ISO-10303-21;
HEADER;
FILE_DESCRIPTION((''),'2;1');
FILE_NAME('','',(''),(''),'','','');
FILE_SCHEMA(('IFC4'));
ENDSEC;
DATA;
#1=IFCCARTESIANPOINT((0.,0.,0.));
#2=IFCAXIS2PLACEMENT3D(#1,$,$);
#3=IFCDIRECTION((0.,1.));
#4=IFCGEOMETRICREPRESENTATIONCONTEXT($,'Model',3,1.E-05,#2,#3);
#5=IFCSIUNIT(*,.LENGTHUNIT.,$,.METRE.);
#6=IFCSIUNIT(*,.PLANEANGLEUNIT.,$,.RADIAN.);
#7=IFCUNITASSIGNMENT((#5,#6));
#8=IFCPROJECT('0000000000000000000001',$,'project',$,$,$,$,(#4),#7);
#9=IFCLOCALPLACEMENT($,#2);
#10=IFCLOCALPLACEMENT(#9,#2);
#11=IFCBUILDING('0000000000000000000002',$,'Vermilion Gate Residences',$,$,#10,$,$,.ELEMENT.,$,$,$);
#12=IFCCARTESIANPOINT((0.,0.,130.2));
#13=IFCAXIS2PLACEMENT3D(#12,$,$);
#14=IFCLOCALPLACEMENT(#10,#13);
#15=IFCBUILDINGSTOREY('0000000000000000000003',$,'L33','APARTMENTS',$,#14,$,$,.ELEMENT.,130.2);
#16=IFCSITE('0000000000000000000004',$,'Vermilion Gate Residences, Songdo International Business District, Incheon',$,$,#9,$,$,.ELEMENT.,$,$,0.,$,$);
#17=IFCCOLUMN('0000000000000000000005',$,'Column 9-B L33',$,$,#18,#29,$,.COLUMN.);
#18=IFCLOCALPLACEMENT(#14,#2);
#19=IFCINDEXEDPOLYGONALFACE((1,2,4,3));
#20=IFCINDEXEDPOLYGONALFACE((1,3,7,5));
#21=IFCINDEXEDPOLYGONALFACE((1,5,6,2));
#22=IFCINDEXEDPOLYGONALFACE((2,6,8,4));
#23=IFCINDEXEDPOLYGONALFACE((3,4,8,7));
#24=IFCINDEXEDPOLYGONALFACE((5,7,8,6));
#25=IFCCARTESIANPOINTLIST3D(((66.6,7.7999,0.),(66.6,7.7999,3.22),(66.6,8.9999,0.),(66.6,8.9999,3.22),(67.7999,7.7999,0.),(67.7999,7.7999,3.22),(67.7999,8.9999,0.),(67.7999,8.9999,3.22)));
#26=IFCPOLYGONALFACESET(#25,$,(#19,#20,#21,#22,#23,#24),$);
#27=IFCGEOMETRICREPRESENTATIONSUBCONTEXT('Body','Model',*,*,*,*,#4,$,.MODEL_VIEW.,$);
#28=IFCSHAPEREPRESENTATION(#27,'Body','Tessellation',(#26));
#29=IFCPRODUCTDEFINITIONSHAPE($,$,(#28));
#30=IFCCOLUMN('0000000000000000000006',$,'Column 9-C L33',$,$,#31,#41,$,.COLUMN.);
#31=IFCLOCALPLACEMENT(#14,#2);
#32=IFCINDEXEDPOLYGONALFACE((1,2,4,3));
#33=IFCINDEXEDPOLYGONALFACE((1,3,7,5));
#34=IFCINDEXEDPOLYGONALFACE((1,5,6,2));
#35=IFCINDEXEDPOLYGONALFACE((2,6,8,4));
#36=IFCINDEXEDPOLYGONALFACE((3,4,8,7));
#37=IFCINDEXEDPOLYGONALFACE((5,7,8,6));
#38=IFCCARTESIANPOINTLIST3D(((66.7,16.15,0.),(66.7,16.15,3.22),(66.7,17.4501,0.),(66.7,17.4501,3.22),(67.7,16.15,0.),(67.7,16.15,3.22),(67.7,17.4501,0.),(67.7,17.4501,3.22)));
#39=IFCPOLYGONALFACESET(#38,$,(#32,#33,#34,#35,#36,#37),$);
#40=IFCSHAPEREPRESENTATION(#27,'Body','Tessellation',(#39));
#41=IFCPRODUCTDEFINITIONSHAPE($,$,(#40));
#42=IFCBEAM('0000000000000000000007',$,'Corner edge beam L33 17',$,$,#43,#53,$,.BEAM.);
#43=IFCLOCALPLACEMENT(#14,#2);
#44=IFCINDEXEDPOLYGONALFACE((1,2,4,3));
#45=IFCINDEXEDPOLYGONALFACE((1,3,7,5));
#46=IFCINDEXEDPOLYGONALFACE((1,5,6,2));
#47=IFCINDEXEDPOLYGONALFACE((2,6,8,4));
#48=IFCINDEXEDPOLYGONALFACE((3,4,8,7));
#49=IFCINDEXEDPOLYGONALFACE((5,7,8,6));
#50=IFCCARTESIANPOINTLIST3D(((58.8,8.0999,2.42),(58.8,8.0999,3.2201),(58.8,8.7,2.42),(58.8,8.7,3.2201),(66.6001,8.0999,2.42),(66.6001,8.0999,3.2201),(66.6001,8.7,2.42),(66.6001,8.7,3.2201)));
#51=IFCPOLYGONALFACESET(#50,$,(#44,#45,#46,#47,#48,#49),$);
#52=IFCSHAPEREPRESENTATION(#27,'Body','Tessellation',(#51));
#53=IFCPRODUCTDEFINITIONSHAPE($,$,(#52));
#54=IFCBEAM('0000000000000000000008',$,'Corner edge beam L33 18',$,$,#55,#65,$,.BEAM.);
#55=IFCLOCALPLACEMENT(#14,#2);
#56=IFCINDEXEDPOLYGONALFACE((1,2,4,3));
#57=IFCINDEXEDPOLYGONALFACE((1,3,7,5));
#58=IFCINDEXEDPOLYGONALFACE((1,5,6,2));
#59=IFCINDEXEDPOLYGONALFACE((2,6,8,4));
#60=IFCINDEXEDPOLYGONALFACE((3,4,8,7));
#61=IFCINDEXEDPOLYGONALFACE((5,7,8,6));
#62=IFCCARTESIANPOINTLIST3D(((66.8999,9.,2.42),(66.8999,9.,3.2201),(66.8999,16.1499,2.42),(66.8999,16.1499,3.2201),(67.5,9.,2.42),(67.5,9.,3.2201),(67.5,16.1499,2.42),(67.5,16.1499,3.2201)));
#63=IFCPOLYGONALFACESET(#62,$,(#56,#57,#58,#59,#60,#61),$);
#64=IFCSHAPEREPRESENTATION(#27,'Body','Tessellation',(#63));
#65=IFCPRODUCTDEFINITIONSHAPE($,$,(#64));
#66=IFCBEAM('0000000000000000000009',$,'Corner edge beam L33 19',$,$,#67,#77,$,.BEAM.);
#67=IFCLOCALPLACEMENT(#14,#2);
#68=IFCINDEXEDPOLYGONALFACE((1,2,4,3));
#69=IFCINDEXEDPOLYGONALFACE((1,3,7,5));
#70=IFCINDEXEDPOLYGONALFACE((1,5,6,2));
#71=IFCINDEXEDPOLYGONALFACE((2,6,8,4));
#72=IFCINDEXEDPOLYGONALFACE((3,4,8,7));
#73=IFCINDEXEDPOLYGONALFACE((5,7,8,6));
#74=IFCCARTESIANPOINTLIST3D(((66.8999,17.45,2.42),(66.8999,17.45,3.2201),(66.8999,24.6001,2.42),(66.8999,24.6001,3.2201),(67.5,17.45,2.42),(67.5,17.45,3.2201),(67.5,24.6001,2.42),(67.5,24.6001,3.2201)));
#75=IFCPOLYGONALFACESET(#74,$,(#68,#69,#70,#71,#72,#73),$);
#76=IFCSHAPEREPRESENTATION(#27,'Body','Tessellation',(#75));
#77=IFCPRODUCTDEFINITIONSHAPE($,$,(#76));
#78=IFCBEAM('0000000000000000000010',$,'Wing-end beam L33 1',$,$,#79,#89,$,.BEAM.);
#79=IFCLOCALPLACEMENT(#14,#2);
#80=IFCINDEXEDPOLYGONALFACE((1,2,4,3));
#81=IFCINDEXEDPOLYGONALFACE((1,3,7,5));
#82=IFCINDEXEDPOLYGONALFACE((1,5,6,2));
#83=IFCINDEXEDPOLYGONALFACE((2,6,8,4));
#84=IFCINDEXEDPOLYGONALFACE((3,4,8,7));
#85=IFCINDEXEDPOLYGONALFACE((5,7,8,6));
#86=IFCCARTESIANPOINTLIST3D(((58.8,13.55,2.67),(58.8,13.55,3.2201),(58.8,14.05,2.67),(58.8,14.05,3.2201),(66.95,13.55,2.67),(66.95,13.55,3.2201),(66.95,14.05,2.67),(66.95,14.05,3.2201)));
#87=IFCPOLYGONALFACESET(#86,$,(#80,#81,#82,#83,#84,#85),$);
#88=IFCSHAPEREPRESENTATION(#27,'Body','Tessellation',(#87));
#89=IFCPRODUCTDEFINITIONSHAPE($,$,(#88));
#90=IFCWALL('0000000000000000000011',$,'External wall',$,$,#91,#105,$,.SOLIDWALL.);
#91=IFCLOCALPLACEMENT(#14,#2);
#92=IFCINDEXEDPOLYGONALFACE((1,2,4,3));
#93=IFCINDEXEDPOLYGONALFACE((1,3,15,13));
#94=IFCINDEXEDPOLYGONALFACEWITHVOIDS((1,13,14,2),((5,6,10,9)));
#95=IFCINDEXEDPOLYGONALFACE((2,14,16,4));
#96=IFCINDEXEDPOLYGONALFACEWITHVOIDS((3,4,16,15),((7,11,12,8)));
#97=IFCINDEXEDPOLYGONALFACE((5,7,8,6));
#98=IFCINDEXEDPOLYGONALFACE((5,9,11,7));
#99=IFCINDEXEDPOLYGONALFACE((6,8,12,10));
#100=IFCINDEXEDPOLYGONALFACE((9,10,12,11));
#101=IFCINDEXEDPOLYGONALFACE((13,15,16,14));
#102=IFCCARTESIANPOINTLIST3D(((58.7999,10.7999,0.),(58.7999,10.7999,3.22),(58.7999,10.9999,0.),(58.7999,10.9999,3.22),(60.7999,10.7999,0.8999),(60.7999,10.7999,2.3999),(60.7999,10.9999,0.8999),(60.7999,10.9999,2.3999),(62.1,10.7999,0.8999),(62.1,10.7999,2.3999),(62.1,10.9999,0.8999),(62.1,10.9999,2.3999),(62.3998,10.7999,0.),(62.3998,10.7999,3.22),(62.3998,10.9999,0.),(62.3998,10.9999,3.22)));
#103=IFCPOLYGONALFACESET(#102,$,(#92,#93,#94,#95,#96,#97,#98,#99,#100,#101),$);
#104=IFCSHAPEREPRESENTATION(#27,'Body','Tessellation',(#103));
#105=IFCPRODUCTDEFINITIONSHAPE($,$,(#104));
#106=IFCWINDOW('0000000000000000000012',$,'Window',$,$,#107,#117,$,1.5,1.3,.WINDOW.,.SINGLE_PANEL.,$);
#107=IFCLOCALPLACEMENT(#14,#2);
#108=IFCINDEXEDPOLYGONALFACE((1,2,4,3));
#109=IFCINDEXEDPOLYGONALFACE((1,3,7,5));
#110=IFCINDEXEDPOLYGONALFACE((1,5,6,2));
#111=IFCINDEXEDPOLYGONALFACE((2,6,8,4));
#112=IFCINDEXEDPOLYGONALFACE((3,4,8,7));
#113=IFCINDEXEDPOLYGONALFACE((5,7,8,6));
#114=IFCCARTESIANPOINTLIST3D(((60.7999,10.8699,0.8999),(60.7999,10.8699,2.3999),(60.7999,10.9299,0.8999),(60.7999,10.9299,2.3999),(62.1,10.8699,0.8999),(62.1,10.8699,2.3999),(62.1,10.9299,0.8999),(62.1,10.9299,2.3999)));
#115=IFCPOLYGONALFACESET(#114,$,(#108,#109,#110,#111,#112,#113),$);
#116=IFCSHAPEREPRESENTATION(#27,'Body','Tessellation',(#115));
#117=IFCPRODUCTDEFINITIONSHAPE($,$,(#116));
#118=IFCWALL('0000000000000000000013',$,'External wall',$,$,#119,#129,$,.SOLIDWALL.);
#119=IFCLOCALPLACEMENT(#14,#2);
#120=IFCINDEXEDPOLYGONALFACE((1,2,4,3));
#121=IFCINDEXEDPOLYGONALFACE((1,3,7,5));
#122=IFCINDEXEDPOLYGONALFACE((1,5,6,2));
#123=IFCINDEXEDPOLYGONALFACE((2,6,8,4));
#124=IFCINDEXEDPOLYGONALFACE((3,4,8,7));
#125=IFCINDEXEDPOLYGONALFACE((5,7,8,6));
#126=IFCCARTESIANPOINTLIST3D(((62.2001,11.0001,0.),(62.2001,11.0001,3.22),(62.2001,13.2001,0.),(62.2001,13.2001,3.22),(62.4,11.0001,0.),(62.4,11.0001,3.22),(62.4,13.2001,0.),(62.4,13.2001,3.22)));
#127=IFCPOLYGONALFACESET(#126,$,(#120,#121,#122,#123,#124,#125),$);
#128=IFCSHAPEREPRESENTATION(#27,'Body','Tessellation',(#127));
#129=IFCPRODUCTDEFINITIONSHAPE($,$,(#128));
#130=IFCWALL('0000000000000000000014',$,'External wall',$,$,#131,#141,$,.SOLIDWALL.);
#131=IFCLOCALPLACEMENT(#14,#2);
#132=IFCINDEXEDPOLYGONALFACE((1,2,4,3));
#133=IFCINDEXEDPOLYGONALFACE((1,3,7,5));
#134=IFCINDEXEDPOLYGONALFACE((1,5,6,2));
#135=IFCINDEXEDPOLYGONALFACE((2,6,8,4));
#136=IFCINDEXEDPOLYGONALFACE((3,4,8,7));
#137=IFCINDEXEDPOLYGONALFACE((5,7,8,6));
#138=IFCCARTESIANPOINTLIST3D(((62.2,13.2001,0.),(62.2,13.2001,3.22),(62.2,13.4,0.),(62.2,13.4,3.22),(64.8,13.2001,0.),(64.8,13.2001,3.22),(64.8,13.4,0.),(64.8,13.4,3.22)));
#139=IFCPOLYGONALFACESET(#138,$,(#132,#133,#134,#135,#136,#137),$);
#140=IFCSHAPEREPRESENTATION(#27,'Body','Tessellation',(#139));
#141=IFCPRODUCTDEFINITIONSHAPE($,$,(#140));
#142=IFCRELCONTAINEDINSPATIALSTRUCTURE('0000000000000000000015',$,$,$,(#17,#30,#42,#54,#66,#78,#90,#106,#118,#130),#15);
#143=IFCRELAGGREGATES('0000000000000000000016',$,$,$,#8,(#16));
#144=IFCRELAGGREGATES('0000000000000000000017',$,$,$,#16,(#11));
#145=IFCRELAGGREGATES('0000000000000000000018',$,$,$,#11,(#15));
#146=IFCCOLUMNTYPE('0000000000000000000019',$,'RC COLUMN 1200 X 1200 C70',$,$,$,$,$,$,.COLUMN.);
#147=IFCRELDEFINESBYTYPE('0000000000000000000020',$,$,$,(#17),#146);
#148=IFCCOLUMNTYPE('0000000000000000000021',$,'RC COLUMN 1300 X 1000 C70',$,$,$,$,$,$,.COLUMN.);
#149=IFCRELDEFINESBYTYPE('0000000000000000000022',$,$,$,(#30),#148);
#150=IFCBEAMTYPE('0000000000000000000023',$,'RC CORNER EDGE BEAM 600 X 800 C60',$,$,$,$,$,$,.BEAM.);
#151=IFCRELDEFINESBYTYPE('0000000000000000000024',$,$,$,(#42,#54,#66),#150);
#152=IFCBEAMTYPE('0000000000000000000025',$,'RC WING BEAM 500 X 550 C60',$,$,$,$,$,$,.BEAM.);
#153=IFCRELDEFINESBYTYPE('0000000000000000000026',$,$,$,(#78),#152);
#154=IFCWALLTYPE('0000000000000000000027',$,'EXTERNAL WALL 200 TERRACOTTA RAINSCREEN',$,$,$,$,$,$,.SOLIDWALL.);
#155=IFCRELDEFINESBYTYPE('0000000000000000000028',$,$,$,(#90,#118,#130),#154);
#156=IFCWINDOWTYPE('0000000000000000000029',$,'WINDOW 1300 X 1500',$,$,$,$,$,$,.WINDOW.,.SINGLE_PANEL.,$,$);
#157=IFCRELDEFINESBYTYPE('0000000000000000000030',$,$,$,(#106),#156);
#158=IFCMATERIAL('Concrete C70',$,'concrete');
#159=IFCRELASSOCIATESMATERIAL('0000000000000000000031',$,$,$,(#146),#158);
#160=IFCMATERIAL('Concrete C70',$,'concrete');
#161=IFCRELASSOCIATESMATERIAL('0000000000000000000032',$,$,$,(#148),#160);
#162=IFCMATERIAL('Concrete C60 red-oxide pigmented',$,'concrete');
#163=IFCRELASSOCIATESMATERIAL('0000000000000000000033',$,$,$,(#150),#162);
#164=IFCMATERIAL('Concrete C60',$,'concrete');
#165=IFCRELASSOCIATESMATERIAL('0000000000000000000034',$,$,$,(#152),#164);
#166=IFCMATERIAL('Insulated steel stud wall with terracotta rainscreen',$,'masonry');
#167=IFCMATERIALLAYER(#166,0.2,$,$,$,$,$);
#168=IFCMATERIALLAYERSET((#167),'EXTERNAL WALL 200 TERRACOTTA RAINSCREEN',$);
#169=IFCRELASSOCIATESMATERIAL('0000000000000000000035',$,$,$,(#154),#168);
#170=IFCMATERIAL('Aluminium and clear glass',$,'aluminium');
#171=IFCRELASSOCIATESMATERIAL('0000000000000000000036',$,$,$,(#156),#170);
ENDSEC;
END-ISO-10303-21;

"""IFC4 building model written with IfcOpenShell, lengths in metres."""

from ifc_helpers import new_model, si_unit, direction, frame, frame_2d, origin, origin_2d, place, context, subcontext, project, spatial, rectangle, extrude, material, layer, layer_set, material_profile, profile_set, type_object, element, fill, save


model = new_model("IFC4")

# Units and contexts
model_context = context("Model", 3, precision=1e-05, world=origin(), true_north=direction((0.0, 1.0)))
body_context = subcontext(model_context, "Body", "Model", "MODEL_VIEW")
ifc_project = project(units=[si_unit("LENGTHUNIT", "METRE"), si_unit("PLANEANGLEUNIT", "RADIAN")], contexts=[model_context])

# Site, building, storey
site_placement = place(None, origin())
site = spatial("IfcSite", under=ifc_project, at=site_placement, Name="Vermilion Gate Residences, Songdo International Business District, Incheon", CompositionType="ELEMENT", RefElevation=0.0)
building_placement = place(site_placement, origin())
building = spatial("IfcBuilding", under=site, at=building_placement, Name="Vermilion Gate Residences", CompositionType="ELEMENT")
storey_placement = place(building_placement, frame((0.0, 0.0, 130.2)))
storey = spatial("IfcBuildingStorey", under=building, at=storey_placement, Name="L33", Description="APARTMENTS", CompositionType="ELEMENT", Elevation=130.2)

# Columns
ifc_material_1 = material(Name="Concrete C70", Category="concrete")
ifc_material_profile_1 = material_profile(ifc_material_1, rectangle(XDim=1.2, YDim=1.2, at=origin_2d()), Name="RC-1200x1200")
ifc_profile_set_1 = profile_set([ifc_material_profile_1], Name="Concrete C70")
column_type_1 = type_object("IfcColumnType", Name="RC COLUMN 1200 X 1200 C70", PredefinedType="COLUMN", material=ifc_profile_set_1)
column_1_placement = place(storey_placement, frame((67.2, 8.3999, 0.0), z_axis=(0.0, 0.0, 1.0), x_axis=(1.0, 0.0, 0.0)))
element("IfcColumn", 1, at=column_1_placement, inside=storey, type_object=column_type_1, Name="Column 9-B L33", PredefinedType="COLUMN", context=body_context, shape_type="SweptSolid", body=[
    extrude(rectangle(XDim=1.2, YDim=1.2, at=origin_2d()), origin(), (0.0, 0.0, 1.0), 3.22),
])
ifc_material_2 = material(Name="Concrete C70", Category="concrete")
ifc_material_profile_2 = material_profile(ifc_material_2, rectangle(XDim=1.3, YDim=1.0, at=origin_2d()), Name="RC-1300x1000")
ifc_profile_set_2 = profile_set([ifc_material_profile_2], Name="Concrete C70")
column_type_2 = type_object("IfcColumnType", Name="RC COLUMN 1300 X 1000 C70", PredefinedType="COLUMN", material=ifc_profile_set_2)
column_2_placement = place(storey_placement, frame((67.2, 16.8, 0.0), z_axis=(0.0, 0.0, 1.0), x_axis=(0.0, 1.0, 0.0)))
element("IfcColumn", 2, at=column_2_placement, inside=storey, type_object=column_type_2, Name="Column 9-C L33", PredefinedType="COLUMN", context=body_context, shape_type="SweptSolid", body=[
    extrude(rectangle(XDim=1.3, YDim=1.0, at=origin_2d()), origin(), (0.0, 0.0, 1.0), 3.22),
])

# Beams
ifc_material_3 = material(Name="Concrete C60 red-oxide pigmented", Category="concrete")
ifc_material_profile_3 = material_profile(ifc_material_3, rectangle(XDim=0.6001, YDim=0.8, at=origin_2d()), Name="RC-600x800")
ifc_profile_set_3 = profile_set([ifc_material_profile_3], Name="Concrete C60 red-oxide pigmented")
beam_type_1 = type_object("IfcBeamType", Name="RC CORNER EDGE BEAM 600 X 800 C60", PredefinedType="BEAM", material=ifc_profile_set_3)
beam_1_placement = place(storey_placement, frame((58.8, 8.3999, 2.8201), z_axis=(1.0, 0.0, 0.0), x_axis=(0.0, 1.0, 0.0)))
element("IfcBeam", 3, at=beam_1_placement, inside=storey, type_object=beam_type_1, Name="Corner edge beam L33 17", PredefinedType="BEAM", context=body_context, shape_type="SweptSolid", body=[
    extrude(rectangle(XDim=0.6001, YDim=0.8, at=origin_2d()), origin(), (0.0, 0.0, 1.0), 7.8),
])
beam_2_placement = place(storey_placement, frame((67.2, 9.0, 2.8201), z_axis=(0.0, 1.0, 0.0), x_axis=(-1.0, 0.0, 0.0)))
element("IfcBeam", 4, at=beam_2_placement, inside=storey, type_object=beam_type_1, Name="Corner edge beam L33 18", PredefinedType="BEAM", context=body_context, shape_type="SweptSolid", body=[
    extrude(rectangle(XDim=0.6001, YDim=0.8, at=origin_2d()), origin(), (0.0, 0.0, 1.0), 7.1499),
])
beam_3_placement = place(storey_placement, frame((67.2, 17.45, 2.8201), z_axis=(0.0, 1.0, 0.0), x_axis=(-1.0, 0.0, 0.0)))
element("IfcBeam", 5, at=beam_3_placement, inside=storey, type_object=beam_type_1, Name="Corner edge beam L33 19", PredefinedType="BEAM", context=body_context, shape_type="SweptSolid", body=[
    extrude(rectangle(XDim=0.6001, YDim=0.8, at=origin_2d()), origin(), (0.0, 0.0, 1.0), 7.1501),
])
ifc_material_4 = material(Name="Concrete C60", Category="concrete")
ifc_material_profile_4 = material_profile(ifc_material_4, rectangle(XDim=0.5, YDim=0.55, at=origin_2d()), Name="RC-500x550")
ifc_profile_set_4 = profile_set([ifc_material_profile_4], Name="Concrete C60")
beam_type_2 = type_object("IfcBeamType", Name="RC WING BEAM 500 X 550 C60", PredefinedType="BEAM", material=ifc_profile_set_4)
beam_4_placement = place(storey_placement, frame((58.8, 13.8, 2.9451), z_axis=(1.0, 0.0, 0.0), x_axis=(0.0, 1.0, 0.0)))
element("IfcBeam", 6, at=beam_4_placement, inside=storey, type_object=beam_type_2, Name="Wing-end beam L33 1", PredefinedType="BEAM", context=body_context, shape_type="SweptSolid", body=[
    extrude(rectangle(XDim=0.5, YDim=0.55, at=origin_2d()), origin(), (0.0, 0.0, 1.0), 8.1499),
])

# Wall, opening, window
ifc_material_5 = material(Name="Insulated steel stud wall with terracotta rainscreen", Category="masonry")
ifc_layer_1 = layer(ifc_material_5, 0.2)
ifc_layer_set_1 = layer_set([ifc_layer_1], Name="EXTERNAL WALL 200 TERRACOTTA RAINSCREEN")
wall_type_1 = type_object("IfcWallType", Name="EXTERNAL WALL 200 TERRACOTTA RAINSCREEN", PredefinedType="SOLIDWALL", material=ifc_layer_set_1)
wall_1_placement = place(storey_placement, frame((58.8, 10.8999, 0.0), z_axis=(0.0, 0.0, 1.0), x_axis=(1.0, 0.0, 0.0)))
wall_1 = element("IfcWall", 7, at=wall_1_placement, inside=storey, type_object=wall_type_1, Name="External wall", PredefinedType="SOLIDWALL", context=body_context, shape_type="SweptSolid", body=[
    extrude(rectangle(XDim=3.5999, YDim=0.2, at=frame_2d((1.7998, 0.0))), origin(), (0.0, 0.0, 1.0), 3.22),
])
opening_1_placement = place(wall_1_placement, frame((2.0, 0.0, 0.8999)))
opening_1 = element("IfcOpeningElement", 8, at=opening_1_placement, cuts=wall_1, PredefinedType="OPENING", context=body_context, shape_type="SweptSolid", body=[
    extrude(rectangle(XDim=1.3, YDim=1.5, at=frame_2d((0.6499, 0.75))), frame((0.0, 0.1099, 0.0), z_axis=(0.0, -1.0, 0.0), x_axis=(1.0, 0.0, 0.0)), (0.0, 0.0, 1.0), 0.22),
])
ifc_material_6 = material(Name="Aluminium and clear glass", Category="aluminium")
window_type_1 = type_object("IfcWindowType", Name="WINDOW 1300 X 1500", PartitioningType="SINGLE_PANEL", PredefinedType="WINDOW", material=ifc_material_6)
window_1_placement = place(opening_1_placement, origin())
window_1 = element("IfcWindow", 9, at=window_1_placement, inside=storey, type_object=window_type_1, Name="Window", OverallHeight=1.5, OverallWidth=1.3, PartitioningType="SINGLE_PANEL", PredefinedType="WINDOW", context=body_context, shape_type="SweptSolid", body=[
    extrude(rectangle(XDim=1.3, YDim=1.5, at=frame_2d((0.6499, 0.75))), frame((0.0, 0.03, 0.0), z_axis=(0.0, -1.0, 0.0), x_axis=(1.0, 0.0, 0.0)), (0.0, 0.0, 1.0), 0.0601),
])
fill(opening_1, window_1)

# Walls
wall_2_placement = place(storey_placement, frame((62.3, 11.0, 0.0), z_axis=(0.0, 0.0, 1.0), x_axis=(0.0, 1.0, 0.0)))
element("IfcWall", 10, at=wall_2_placement, inside=storey, type_object=wall_type_1, Name="External wall", PredefinedType="SOLIDWALL", context=body_context, shape_type="SweptSolid", body=[
    extrude(rectangle(XDim=2.2, YDim=0.2, at=frame_2d((1.1001, 0.0))), origin(), (0.0, 0.0, 1.0), 3.22),
])
wall_3_placement = place(storey_placement, frame((62.2, 13.3, 0.0), z_axis=(0.0, 0.0, 1.0), x_axis=(1.0, 0.0, 0.0)))
element("IfcWall", 11, at=wall_3_placement, inside=storey, type_object=wall_type_1, Name="External wall", PredefinedType="SOLIDWALL", context=body_context, shape_type="SweptSolid", body=[
    extrude(rectangle(XDim=2.6001, YDim=0.2, at=frame_2d((1.3, 0.0))), origin(), (0.0, 0.0, 1.0), 3.22),
])

save(model, "model.ifc")
